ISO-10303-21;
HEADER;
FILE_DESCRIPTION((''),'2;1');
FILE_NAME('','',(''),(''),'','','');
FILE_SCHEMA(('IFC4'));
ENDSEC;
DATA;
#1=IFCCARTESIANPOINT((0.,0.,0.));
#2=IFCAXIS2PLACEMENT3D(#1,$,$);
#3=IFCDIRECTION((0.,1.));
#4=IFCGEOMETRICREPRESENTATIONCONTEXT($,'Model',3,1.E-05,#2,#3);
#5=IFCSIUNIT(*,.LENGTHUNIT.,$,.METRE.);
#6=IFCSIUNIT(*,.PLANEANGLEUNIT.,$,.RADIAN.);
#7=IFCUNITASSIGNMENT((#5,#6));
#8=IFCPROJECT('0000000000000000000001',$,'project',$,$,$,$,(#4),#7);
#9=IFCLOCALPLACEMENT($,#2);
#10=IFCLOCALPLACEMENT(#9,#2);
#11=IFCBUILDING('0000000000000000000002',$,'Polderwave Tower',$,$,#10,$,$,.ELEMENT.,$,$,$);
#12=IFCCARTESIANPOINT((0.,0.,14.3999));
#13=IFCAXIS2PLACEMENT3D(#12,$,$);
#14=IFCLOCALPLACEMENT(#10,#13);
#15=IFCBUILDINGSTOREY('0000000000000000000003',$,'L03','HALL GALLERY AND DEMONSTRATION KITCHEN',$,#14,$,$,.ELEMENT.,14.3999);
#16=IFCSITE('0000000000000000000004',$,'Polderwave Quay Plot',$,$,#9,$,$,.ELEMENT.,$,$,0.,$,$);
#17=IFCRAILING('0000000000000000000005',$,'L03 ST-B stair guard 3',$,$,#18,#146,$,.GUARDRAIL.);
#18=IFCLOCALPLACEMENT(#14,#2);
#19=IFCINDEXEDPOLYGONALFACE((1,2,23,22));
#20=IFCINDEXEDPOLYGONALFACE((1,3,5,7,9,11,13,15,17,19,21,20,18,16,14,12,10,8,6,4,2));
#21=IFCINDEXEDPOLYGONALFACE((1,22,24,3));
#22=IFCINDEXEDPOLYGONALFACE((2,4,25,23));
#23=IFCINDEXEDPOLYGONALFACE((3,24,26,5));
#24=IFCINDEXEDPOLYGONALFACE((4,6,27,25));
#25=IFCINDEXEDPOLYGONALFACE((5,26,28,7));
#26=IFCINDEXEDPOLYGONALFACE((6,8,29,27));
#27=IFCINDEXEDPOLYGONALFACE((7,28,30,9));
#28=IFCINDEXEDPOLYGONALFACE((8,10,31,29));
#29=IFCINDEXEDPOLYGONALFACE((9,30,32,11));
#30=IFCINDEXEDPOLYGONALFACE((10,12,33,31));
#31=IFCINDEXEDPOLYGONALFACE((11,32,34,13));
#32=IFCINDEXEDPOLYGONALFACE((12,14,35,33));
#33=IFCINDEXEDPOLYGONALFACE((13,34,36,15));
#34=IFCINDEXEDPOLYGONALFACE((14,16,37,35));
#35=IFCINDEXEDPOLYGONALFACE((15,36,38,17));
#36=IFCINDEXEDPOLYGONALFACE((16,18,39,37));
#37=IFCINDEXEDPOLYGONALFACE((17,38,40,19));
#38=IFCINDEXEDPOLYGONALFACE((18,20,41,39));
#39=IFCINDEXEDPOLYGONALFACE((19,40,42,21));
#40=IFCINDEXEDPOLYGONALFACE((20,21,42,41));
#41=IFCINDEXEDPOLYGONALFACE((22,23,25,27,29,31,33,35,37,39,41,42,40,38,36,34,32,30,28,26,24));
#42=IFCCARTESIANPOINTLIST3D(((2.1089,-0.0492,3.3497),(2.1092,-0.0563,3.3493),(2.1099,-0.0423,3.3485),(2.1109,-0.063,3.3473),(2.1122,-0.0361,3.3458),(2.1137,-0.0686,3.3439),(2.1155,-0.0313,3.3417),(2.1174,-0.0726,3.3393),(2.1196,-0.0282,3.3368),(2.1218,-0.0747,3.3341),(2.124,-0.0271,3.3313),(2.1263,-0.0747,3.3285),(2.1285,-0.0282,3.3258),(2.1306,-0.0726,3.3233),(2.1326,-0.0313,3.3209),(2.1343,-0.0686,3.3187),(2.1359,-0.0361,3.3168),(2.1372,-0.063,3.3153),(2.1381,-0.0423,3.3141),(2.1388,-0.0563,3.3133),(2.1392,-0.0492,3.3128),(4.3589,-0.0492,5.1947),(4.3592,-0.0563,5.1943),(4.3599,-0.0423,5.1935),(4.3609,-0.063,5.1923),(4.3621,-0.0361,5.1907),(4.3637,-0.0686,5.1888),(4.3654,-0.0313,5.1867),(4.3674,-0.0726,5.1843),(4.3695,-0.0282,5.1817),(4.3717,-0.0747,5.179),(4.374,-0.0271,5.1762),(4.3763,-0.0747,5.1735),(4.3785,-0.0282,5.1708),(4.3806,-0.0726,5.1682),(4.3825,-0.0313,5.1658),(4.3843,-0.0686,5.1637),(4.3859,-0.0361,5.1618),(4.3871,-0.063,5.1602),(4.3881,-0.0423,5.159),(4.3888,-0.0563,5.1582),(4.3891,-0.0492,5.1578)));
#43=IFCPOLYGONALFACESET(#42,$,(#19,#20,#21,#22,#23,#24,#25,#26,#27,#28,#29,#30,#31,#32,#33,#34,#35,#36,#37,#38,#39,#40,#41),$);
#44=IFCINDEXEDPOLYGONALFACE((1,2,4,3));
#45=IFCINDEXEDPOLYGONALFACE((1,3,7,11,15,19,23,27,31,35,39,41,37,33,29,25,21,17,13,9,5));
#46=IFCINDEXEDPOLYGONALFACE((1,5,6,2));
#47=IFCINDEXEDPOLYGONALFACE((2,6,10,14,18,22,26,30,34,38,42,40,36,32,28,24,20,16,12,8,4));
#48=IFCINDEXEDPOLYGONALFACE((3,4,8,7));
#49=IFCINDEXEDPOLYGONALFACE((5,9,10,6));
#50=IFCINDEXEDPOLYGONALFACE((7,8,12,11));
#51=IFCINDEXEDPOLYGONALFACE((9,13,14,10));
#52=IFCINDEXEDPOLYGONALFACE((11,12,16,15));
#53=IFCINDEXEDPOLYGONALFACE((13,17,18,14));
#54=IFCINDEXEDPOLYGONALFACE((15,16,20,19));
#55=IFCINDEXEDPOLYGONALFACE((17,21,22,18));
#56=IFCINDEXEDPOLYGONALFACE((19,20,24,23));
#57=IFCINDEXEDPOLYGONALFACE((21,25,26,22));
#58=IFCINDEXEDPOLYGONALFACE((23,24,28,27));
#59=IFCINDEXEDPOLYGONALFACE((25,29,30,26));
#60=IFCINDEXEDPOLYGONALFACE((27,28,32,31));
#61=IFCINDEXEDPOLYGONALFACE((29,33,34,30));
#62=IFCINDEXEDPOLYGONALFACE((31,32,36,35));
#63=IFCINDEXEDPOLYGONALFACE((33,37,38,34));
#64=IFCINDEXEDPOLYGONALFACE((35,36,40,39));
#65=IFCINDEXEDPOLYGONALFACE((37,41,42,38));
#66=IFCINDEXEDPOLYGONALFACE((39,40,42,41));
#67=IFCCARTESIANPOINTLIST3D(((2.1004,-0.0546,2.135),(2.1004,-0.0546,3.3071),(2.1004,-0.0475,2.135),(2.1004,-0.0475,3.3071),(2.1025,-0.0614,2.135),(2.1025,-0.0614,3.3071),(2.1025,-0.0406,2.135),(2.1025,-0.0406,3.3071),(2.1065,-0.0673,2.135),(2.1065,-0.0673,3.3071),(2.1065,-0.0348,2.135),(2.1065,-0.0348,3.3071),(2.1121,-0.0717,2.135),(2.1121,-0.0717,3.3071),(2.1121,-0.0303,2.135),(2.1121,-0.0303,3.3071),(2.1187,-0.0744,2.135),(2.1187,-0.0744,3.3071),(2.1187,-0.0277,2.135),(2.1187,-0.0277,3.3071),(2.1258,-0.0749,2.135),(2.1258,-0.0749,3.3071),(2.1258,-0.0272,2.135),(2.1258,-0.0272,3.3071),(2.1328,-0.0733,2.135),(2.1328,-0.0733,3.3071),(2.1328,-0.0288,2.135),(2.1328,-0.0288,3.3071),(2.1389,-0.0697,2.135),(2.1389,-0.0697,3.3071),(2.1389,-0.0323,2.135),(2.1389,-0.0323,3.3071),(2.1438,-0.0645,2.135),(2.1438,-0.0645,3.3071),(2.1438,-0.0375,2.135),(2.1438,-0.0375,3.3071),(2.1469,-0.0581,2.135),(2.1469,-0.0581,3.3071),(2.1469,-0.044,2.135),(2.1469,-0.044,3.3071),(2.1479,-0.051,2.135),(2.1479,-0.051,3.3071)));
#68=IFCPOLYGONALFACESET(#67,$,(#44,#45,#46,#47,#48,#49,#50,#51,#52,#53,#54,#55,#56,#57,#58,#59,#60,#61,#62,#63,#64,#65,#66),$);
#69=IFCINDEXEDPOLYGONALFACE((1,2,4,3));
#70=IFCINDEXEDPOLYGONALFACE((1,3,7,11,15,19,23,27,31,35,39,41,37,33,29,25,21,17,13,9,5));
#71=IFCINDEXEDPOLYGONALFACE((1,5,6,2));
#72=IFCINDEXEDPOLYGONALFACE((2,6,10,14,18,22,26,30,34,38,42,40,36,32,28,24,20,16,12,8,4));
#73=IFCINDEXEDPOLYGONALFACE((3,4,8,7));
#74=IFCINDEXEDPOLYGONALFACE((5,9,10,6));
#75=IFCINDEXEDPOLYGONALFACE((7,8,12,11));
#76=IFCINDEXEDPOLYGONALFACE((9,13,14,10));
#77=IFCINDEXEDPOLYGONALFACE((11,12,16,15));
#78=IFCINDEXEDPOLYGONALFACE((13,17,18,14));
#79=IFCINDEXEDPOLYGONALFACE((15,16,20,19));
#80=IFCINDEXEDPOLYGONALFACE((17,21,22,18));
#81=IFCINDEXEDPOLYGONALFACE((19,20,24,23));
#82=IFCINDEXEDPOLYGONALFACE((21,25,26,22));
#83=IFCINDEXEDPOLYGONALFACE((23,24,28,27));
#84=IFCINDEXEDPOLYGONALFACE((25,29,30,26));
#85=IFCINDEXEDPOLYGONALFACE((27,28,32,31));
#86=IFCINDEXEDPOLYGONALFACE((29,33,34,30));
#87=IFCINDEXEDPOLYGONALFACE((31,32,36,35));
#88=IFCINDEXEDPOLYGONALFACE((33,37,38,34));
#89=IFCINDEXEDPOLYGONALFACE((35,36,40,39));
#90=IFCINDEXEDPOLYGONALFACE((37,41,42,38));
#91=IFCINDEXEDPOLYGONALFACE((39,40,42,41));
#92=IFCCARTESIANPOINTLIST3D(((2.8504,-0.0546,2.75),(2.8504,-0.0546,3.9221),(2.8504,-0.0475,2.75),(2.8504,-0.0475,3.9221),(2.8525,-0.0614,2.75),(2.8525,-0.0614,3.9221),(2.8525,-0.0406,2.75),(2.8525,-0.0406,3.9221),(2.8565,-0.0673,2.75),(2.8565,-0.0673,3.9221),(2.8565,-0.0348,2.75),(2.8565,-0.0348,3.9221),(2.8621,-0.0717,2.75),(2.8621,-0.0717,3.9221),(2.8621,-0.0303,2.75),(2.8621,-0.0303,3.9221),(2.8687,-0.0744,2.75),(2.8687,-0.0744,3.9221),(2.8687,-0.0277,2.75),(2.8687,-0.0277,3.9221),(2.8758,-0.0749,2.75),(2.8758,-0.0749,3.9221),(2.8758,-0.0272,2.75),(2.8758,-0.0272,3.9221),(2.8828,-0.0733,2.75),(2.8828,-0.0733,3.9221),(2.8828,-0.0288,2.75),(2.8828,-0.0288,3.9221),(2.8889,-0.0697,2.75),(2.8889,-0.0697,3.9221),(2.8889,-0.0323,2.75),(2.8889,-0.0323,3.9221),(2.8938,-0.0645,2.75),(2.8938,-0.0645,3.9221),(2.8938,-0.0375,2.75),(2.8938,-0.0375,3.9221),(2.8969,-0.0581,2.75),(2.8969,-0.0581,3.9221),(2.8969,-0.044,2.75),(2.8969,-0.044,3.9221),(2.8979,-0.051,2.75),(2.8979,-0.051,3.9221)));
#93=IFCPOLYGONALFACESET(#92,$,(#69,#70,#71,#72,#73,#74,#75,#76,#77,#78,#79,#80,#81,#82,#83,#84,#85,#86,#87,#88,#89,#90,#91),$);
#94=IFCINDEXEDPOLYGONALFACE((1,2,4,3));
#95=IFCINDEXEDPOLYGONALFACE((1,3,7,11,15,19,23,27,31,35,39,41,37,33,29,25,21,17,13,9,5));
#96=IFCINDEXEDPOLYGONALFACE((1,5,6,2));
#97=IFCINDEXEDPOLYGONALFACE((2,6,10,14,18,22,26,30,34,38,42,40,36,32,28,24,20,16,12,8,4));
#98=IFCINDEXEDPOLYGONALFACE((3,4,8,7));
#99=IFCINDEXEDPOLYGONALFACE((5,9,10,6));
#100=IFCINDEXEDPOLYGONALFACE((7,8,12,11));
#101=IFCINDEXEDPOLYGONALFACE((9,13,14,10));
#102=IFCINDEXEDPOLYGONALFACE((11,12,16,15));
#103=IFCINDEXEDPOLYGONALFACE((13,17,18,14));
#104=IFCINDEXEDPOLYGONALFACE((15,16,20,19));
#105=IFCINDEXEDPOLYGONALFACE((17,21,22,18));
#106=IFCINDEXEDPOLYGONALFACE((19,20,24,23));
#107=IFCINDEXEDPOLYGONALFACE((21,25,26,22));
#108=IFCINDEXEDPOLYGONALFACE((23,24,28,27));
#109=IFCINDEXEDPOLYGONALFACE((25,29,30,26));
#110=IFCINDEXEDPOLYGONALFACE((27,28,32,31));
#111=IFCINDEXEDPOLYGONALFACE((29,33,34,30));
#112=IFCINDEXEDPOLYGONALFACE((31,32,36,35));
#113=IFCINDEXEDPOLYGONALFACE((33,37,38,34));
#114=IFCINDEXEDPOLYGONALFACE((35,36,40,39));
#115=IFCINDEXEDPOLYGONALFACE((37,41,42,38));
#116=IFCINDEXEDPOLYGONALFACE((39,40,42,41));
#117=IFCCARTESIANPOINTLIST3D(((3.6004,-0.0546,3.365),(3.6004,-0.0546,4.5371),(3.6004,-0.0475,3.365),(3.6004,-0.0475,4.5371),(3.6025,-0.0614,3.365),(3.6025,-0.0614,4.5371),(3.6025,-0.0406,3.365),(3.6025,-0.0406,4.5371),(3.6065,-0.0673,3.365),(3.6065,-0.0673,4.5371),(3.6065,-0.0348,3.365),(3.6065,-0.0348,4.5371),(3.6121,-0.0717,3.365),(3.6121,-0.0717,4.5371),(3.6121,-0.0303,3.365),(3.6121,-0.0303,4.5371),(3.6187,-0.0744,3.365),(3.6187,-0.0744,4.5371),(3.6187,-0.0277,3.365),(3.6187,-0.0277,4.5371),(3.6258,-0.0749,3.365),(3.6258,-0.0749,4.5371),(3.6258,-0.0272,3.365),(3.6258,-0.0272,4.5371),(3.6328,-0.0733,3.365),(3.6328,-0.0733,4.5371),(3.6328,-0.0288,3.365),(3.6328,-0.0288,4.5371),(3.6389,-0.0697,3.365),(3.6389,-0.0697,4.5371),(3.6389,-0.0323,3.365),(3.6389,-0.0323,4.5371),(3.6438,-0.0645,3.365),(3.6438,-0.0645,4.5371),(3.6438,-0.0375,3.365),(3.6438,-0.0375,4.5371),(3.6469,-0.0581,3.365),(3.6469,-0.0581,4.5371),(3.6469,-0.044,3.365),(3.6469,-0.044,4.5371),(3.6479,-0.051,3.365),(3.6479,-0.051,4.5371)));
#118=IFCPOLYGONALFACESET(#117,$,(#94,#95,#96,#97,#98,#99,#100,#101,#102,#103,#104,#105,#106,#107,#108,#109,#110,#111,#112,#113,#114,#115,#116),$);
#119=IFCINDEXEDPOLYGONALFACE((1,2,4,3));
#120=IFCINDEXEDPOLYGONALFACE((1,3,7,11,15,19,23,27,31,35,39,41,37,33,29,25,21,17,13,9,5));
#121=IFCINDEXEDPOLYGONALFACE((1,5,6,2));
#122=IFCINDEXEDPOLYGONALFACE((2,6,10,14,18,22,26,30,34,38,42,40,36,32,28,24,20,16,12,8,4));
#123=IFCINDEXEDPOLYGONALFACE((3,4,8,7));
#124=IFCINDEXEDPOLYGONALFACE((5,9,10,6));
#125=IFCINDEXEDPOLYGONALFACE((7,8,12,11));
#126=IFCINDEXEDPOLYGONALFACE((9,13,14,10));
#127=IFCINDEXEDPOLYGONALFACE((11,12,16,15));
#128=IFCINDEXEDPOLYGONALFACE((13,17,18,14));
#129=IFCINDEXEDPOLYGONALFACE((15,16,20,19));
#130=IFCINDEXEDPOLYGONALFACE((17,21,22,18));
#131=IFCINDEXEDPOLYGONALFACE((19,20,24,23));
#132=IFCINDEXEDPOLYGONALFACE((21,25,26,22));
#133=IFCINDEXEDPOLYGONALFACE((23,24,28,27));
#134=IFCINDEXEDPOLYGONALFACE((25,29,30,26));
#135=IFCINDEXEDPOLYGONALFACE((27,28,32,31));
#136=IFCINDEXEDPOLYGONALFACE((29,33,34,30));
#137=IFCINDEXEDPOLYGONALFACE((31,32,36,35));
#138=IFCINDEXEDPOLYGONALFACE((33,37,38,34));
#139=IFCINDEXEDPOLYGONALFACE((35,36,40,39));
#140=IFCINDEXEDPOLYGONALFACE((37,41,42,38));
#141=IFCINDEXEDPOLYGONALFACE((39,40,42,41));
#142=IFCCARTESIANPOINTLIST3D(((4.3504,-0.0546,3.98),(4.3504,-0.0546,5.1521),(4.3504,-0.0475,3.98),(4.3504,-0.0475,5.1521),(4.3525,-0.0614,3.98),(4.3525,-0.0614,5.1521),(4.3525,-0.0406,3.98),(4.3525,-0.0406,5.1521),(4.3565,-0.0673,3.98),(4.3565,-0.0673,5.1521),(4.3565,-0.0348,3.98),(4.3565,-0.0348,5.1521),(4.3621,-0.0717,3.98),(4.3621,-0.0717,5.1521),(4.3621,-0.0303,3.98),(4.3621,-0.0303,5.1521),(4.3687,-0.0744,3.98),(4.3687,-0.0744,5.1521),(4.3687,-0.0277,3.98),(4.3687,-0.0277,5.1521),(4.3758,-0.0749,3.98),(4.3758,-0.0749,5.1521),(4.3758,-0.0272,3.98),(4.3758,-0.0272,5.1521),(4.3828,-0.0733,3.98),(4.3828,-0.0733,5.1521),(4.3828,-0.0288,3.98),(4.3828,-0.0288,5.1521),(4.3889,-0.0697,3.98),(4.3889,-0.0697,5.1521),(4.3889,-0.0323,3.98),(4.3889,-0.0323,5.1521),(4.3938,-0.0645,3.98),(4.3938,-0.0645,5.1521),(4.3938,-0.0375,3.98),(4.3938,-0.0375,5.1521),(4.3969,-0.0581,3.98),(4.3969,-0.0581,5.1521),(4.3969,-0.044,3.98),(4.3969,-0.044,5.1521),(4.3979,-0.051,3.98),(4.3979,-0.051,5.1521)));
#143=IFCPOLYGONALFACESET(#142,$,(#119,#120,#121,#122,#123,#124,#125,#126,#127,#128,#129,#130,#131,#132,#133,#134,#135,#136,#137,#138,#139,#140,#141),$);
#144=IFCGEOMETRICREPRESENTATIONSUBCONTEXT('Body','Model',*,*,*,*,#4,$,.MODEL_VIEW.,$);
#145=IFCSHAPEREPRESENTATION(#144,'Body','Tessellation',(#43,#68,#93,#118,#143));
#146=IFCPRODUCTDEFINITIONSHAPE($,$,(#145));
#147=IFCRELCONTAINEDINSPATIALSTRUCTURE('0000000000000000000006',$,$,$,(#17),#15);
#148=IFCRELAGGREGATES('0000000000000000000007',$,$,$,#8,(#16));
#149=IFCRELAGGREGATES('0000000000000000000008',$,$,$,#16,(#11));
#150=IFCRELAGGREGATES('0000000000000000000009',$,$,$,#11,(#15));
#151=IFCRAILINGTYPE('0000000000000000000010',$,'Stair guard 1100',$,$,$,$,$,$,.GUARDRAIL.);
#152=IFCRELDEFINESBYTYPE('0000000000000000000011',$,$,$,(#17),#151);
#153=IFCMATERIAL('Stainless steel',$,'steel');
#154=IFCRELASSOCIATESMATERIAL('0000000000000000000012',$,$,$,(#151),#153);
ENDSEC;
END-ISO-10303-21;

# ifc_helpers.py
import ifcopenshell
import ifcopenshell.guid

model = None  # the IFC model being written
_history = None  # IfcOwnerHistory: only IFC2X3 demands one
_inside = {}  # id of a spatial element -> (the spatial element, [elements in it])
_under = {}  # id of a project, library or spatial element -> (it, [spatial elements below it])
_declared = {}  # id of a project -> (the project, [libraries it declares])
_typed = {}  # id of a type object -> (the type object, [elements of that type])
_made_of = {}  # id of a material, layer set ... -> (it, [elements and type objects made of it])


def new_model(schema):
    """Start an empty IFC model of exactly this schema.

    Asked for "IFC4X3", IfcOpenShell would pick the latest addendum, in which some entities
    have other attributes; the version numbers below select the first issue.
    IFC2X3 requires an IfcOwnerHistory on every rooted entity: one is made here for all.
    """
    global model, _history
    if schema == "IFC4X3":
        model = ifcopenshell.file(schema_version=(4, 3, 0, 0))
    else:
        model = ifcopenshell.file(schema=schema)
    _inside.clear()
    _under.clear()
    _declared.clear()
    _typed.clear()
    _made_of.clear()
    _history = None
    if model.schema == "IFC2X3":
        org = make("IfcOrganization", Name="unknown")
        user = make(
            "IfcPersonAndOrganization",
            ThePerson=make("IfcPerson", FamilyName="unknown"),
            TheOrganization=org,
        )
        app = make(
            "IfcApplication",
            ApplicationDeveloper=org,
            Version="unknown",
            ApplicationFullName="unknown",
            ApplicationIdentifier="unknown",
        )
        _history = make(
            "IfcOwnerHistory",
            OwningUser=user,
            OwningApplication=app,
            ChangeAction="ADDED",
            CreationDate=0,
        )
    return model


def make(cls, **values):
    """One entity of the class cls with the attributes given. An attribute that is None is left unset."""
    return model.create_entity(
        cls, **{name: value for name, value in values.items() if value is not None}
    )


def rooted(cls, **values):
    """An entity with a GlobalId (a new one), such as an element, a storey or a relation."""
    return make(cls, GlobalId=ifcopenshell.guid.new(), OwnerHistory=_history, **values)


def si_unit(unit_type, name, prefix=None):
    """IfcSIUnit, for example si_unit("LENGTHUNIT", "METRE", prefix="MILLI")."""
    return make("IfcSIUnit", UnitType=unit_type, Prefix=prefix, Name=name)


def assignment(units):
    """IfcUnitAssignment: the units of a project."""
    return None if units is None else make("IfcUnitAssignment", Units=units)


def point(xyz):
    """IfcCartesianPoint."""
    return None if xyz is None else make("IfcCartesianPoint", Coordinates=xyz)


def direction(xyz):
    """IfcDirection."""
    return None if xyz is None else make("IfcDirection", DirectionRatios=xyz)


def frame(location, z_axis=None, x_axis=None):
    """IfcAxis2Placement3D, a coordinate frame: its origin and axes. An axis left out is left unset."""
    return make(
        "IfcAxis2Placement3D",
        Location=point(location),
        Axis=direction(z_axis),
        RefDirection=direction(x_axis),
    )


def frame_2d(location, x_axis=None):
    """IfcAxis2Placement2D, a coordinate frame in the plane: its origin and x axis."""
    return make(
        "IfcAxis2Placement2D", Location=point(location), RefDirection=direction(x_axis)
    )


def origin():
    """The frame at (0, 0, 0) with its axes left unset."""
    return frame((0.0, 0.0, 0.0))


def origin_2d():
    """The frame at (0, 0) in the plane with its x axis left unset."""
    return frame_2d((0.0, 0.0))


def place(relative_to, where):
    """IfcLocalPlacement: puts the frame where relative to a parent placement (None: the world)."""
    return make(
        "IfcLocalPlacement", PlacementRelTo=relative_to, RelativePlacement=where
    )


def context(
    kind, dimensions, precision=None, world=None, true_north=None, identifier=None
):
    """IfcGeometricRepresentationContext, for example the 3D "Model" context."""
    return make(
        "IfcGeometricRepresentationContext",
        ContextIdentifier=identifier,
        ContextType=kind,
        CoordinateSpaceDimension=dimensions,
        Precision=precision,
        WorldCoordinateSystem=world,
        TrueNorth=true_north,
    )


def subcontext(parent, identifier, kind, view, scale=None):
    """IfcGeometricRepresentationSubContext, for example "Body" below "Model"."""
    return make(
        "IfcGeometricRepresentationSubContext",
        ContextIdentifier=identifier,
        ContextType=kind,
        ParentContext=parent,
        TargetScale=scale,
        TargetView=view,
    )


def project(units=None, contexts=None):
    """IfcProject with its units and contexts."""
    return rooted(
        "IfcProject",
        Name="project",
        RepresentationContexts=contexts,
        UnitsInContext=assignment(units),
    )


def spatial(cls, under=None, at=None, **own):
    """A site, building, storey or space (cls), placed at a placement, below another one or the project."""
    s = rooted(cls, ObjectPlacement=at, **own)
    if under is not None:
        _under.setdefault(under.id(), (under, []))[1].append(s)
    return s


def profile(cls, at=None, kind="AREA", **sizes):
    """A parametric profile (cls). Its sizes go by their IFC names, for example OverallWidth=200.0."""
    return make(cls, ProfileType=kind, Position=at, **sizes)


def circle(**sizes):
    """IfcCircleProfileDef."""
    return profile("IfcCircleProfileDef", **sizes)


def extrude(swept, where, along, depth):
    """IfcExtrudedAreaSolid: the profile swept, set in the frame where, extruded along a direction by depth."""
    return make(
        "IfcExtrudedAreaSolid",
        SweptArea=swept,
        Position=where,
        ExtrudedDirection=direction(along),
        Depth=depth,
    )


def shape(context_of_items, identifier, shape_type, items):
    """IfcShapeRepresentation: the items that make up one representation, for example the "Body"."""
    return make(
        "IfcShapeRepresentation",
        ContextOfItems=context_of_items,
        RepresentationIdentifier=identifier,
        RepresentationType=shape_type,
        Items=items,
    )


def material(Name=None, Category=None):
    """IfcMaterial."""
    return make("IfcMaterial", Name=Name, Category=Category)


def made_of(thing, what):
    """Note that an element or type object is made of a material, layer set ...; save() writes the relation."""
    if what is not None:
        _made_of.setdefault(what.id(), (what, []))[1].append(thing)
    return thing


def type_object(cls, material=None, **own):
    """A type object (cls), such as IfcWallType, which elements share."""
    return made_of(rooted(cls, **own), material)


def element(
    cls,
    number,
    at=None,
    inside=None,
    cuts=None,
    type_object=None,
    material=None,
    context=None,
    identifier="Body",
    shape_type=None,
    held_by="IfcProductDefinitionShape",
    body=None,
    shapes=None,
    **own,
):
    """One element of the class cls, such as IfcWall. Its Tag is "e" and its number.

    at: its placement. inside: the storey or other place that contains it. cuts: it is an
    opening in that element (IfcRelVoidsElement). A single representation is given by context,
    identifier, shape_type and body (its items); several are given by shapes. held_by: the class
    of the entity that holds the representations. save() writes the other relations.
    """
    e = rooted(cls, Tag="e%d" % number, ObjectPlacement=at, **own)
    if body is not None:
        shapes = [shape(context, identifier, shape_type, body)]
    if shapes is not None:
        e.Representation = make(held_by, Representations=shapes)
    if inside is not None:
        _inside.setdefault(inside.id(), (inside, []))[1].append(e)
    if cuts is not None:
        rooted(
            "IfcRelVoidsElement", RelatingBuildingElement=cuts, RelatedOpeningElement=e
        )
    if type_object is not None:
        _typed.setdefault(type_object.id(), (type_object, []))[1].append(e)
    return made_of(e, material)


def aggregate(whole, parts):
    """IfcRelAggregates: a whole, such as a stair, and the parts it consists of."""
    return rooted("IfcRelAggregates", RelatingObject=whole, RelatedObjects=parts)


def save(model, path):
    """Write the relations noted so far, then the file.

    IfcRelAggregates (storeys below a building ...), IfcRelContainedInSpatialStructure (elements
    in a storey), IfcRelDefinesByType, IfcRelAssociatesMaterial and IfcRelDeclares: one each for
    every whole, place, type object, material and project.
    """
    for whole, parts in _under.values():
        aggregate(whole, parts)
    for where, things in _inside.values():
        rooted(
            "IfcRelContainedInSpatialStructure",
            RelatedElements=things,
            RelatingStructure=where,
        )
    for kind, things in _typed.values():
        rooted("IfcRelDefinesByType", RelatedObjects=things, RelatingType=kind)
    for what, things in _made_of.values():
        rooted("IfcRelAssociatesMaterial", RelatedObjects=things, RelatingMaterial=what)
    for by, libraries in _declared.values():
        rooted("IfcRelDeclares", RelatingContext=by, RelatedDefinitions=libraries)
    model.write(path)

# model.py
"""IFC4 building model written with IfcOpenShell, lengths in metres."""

from ifc_helpers import new_model, si_unit, direction, frame, origin, origin_2d, place, context, subcontext, project, spatial, circle, extrude, material, type_object, element, save


model = new_model("IFC4")

# Units and contexts
model_context = context("Model", 3, precision=1e-05, world=origin(), true_north=direction((0.0, 1.0)))
body_context = subcontext(model_context, "Body", "Model", "MODEL_VIEW")
ifc_project = project(units=[si_unit("LENGTHUNIT", "METRE"), si_unit("PLANEANGLEUNIT", "RADIAN")], contexts=[model_context])

# Site, building, storey
site_placement = place(None, origin())
site = spatial("IfcSite", under=ifc_project, at=site_placement, Name="Polderwave Quay Plot", CompositionType="ELEMENT", RefElevation=0.0)
building_placement = place(site_placement, origin())
building = spatial("IfcBuilding", under=site, at=building_placement, Name="Polderwave Tower", CompositionType="ELEMENT")
storey_placement = place(building_placement, frame((0.0, 0.0, 14.3999)))
storey = spatial("IfcBuildingStorey", under=building, at=storey_placement, Name="L03", Description="HALL GALLERY AND DEMONSTRATION KITCHEN", CompositionType="ELEMENT", Elevation=14.3999)

# Railing
ifc_material_1 = material(Name="Stainless steel", Category="steel")
railing_type_1 = type_object("IfcRailingType", Name="Stair guard 1100", PredefinedType="GUARDRAIL", material=ifc_material_1)
railing_1_placement = place(storey_placement, frame((2.124, -0.051, 2.135)))
element("IfcRailing", 1, at=railing_1_placement, inside=storey, type_object=railing_type_1, Name="L03 ST-B stair guard 3", PredefinedType="GUARDRAIL", context=body_context, shape_type="SweptSolid", body=[
    extrude(circle(Radius=0.0239, at=origin_2d()), frame((0.0, 0.0, 1.1963), z_axis=(0.773273, 0.0, 0.634074), x_axis=(0.0, 1.0, 0.0)), (0.0, 0.0, 1.0), 2.9097),
    extrude(circle(Radius=0.0239, at=origin_2d()), origin(), (0.0, 0.0, 1.0), 1.1721),
    extrude(circle(Radius=0.0239, at=origin_2d()), frame((0.75, 0.0, 0.615)), (0.0, 0.0, 1.0), 1.1721),
    extrude(circle(Radius=0.0239, at=origin_2d()), frame((1.5, 0.0, 1.23)), (0.0, 0.0, 1.0), 1.1721),
    extrude(circle(Radius=0.0239, at=origin_2d()), frame((2.25, 0.0, 1.845)), (0.0, 0.0, 1.0), 1.1721),
])

save(model, "model.ifc")
